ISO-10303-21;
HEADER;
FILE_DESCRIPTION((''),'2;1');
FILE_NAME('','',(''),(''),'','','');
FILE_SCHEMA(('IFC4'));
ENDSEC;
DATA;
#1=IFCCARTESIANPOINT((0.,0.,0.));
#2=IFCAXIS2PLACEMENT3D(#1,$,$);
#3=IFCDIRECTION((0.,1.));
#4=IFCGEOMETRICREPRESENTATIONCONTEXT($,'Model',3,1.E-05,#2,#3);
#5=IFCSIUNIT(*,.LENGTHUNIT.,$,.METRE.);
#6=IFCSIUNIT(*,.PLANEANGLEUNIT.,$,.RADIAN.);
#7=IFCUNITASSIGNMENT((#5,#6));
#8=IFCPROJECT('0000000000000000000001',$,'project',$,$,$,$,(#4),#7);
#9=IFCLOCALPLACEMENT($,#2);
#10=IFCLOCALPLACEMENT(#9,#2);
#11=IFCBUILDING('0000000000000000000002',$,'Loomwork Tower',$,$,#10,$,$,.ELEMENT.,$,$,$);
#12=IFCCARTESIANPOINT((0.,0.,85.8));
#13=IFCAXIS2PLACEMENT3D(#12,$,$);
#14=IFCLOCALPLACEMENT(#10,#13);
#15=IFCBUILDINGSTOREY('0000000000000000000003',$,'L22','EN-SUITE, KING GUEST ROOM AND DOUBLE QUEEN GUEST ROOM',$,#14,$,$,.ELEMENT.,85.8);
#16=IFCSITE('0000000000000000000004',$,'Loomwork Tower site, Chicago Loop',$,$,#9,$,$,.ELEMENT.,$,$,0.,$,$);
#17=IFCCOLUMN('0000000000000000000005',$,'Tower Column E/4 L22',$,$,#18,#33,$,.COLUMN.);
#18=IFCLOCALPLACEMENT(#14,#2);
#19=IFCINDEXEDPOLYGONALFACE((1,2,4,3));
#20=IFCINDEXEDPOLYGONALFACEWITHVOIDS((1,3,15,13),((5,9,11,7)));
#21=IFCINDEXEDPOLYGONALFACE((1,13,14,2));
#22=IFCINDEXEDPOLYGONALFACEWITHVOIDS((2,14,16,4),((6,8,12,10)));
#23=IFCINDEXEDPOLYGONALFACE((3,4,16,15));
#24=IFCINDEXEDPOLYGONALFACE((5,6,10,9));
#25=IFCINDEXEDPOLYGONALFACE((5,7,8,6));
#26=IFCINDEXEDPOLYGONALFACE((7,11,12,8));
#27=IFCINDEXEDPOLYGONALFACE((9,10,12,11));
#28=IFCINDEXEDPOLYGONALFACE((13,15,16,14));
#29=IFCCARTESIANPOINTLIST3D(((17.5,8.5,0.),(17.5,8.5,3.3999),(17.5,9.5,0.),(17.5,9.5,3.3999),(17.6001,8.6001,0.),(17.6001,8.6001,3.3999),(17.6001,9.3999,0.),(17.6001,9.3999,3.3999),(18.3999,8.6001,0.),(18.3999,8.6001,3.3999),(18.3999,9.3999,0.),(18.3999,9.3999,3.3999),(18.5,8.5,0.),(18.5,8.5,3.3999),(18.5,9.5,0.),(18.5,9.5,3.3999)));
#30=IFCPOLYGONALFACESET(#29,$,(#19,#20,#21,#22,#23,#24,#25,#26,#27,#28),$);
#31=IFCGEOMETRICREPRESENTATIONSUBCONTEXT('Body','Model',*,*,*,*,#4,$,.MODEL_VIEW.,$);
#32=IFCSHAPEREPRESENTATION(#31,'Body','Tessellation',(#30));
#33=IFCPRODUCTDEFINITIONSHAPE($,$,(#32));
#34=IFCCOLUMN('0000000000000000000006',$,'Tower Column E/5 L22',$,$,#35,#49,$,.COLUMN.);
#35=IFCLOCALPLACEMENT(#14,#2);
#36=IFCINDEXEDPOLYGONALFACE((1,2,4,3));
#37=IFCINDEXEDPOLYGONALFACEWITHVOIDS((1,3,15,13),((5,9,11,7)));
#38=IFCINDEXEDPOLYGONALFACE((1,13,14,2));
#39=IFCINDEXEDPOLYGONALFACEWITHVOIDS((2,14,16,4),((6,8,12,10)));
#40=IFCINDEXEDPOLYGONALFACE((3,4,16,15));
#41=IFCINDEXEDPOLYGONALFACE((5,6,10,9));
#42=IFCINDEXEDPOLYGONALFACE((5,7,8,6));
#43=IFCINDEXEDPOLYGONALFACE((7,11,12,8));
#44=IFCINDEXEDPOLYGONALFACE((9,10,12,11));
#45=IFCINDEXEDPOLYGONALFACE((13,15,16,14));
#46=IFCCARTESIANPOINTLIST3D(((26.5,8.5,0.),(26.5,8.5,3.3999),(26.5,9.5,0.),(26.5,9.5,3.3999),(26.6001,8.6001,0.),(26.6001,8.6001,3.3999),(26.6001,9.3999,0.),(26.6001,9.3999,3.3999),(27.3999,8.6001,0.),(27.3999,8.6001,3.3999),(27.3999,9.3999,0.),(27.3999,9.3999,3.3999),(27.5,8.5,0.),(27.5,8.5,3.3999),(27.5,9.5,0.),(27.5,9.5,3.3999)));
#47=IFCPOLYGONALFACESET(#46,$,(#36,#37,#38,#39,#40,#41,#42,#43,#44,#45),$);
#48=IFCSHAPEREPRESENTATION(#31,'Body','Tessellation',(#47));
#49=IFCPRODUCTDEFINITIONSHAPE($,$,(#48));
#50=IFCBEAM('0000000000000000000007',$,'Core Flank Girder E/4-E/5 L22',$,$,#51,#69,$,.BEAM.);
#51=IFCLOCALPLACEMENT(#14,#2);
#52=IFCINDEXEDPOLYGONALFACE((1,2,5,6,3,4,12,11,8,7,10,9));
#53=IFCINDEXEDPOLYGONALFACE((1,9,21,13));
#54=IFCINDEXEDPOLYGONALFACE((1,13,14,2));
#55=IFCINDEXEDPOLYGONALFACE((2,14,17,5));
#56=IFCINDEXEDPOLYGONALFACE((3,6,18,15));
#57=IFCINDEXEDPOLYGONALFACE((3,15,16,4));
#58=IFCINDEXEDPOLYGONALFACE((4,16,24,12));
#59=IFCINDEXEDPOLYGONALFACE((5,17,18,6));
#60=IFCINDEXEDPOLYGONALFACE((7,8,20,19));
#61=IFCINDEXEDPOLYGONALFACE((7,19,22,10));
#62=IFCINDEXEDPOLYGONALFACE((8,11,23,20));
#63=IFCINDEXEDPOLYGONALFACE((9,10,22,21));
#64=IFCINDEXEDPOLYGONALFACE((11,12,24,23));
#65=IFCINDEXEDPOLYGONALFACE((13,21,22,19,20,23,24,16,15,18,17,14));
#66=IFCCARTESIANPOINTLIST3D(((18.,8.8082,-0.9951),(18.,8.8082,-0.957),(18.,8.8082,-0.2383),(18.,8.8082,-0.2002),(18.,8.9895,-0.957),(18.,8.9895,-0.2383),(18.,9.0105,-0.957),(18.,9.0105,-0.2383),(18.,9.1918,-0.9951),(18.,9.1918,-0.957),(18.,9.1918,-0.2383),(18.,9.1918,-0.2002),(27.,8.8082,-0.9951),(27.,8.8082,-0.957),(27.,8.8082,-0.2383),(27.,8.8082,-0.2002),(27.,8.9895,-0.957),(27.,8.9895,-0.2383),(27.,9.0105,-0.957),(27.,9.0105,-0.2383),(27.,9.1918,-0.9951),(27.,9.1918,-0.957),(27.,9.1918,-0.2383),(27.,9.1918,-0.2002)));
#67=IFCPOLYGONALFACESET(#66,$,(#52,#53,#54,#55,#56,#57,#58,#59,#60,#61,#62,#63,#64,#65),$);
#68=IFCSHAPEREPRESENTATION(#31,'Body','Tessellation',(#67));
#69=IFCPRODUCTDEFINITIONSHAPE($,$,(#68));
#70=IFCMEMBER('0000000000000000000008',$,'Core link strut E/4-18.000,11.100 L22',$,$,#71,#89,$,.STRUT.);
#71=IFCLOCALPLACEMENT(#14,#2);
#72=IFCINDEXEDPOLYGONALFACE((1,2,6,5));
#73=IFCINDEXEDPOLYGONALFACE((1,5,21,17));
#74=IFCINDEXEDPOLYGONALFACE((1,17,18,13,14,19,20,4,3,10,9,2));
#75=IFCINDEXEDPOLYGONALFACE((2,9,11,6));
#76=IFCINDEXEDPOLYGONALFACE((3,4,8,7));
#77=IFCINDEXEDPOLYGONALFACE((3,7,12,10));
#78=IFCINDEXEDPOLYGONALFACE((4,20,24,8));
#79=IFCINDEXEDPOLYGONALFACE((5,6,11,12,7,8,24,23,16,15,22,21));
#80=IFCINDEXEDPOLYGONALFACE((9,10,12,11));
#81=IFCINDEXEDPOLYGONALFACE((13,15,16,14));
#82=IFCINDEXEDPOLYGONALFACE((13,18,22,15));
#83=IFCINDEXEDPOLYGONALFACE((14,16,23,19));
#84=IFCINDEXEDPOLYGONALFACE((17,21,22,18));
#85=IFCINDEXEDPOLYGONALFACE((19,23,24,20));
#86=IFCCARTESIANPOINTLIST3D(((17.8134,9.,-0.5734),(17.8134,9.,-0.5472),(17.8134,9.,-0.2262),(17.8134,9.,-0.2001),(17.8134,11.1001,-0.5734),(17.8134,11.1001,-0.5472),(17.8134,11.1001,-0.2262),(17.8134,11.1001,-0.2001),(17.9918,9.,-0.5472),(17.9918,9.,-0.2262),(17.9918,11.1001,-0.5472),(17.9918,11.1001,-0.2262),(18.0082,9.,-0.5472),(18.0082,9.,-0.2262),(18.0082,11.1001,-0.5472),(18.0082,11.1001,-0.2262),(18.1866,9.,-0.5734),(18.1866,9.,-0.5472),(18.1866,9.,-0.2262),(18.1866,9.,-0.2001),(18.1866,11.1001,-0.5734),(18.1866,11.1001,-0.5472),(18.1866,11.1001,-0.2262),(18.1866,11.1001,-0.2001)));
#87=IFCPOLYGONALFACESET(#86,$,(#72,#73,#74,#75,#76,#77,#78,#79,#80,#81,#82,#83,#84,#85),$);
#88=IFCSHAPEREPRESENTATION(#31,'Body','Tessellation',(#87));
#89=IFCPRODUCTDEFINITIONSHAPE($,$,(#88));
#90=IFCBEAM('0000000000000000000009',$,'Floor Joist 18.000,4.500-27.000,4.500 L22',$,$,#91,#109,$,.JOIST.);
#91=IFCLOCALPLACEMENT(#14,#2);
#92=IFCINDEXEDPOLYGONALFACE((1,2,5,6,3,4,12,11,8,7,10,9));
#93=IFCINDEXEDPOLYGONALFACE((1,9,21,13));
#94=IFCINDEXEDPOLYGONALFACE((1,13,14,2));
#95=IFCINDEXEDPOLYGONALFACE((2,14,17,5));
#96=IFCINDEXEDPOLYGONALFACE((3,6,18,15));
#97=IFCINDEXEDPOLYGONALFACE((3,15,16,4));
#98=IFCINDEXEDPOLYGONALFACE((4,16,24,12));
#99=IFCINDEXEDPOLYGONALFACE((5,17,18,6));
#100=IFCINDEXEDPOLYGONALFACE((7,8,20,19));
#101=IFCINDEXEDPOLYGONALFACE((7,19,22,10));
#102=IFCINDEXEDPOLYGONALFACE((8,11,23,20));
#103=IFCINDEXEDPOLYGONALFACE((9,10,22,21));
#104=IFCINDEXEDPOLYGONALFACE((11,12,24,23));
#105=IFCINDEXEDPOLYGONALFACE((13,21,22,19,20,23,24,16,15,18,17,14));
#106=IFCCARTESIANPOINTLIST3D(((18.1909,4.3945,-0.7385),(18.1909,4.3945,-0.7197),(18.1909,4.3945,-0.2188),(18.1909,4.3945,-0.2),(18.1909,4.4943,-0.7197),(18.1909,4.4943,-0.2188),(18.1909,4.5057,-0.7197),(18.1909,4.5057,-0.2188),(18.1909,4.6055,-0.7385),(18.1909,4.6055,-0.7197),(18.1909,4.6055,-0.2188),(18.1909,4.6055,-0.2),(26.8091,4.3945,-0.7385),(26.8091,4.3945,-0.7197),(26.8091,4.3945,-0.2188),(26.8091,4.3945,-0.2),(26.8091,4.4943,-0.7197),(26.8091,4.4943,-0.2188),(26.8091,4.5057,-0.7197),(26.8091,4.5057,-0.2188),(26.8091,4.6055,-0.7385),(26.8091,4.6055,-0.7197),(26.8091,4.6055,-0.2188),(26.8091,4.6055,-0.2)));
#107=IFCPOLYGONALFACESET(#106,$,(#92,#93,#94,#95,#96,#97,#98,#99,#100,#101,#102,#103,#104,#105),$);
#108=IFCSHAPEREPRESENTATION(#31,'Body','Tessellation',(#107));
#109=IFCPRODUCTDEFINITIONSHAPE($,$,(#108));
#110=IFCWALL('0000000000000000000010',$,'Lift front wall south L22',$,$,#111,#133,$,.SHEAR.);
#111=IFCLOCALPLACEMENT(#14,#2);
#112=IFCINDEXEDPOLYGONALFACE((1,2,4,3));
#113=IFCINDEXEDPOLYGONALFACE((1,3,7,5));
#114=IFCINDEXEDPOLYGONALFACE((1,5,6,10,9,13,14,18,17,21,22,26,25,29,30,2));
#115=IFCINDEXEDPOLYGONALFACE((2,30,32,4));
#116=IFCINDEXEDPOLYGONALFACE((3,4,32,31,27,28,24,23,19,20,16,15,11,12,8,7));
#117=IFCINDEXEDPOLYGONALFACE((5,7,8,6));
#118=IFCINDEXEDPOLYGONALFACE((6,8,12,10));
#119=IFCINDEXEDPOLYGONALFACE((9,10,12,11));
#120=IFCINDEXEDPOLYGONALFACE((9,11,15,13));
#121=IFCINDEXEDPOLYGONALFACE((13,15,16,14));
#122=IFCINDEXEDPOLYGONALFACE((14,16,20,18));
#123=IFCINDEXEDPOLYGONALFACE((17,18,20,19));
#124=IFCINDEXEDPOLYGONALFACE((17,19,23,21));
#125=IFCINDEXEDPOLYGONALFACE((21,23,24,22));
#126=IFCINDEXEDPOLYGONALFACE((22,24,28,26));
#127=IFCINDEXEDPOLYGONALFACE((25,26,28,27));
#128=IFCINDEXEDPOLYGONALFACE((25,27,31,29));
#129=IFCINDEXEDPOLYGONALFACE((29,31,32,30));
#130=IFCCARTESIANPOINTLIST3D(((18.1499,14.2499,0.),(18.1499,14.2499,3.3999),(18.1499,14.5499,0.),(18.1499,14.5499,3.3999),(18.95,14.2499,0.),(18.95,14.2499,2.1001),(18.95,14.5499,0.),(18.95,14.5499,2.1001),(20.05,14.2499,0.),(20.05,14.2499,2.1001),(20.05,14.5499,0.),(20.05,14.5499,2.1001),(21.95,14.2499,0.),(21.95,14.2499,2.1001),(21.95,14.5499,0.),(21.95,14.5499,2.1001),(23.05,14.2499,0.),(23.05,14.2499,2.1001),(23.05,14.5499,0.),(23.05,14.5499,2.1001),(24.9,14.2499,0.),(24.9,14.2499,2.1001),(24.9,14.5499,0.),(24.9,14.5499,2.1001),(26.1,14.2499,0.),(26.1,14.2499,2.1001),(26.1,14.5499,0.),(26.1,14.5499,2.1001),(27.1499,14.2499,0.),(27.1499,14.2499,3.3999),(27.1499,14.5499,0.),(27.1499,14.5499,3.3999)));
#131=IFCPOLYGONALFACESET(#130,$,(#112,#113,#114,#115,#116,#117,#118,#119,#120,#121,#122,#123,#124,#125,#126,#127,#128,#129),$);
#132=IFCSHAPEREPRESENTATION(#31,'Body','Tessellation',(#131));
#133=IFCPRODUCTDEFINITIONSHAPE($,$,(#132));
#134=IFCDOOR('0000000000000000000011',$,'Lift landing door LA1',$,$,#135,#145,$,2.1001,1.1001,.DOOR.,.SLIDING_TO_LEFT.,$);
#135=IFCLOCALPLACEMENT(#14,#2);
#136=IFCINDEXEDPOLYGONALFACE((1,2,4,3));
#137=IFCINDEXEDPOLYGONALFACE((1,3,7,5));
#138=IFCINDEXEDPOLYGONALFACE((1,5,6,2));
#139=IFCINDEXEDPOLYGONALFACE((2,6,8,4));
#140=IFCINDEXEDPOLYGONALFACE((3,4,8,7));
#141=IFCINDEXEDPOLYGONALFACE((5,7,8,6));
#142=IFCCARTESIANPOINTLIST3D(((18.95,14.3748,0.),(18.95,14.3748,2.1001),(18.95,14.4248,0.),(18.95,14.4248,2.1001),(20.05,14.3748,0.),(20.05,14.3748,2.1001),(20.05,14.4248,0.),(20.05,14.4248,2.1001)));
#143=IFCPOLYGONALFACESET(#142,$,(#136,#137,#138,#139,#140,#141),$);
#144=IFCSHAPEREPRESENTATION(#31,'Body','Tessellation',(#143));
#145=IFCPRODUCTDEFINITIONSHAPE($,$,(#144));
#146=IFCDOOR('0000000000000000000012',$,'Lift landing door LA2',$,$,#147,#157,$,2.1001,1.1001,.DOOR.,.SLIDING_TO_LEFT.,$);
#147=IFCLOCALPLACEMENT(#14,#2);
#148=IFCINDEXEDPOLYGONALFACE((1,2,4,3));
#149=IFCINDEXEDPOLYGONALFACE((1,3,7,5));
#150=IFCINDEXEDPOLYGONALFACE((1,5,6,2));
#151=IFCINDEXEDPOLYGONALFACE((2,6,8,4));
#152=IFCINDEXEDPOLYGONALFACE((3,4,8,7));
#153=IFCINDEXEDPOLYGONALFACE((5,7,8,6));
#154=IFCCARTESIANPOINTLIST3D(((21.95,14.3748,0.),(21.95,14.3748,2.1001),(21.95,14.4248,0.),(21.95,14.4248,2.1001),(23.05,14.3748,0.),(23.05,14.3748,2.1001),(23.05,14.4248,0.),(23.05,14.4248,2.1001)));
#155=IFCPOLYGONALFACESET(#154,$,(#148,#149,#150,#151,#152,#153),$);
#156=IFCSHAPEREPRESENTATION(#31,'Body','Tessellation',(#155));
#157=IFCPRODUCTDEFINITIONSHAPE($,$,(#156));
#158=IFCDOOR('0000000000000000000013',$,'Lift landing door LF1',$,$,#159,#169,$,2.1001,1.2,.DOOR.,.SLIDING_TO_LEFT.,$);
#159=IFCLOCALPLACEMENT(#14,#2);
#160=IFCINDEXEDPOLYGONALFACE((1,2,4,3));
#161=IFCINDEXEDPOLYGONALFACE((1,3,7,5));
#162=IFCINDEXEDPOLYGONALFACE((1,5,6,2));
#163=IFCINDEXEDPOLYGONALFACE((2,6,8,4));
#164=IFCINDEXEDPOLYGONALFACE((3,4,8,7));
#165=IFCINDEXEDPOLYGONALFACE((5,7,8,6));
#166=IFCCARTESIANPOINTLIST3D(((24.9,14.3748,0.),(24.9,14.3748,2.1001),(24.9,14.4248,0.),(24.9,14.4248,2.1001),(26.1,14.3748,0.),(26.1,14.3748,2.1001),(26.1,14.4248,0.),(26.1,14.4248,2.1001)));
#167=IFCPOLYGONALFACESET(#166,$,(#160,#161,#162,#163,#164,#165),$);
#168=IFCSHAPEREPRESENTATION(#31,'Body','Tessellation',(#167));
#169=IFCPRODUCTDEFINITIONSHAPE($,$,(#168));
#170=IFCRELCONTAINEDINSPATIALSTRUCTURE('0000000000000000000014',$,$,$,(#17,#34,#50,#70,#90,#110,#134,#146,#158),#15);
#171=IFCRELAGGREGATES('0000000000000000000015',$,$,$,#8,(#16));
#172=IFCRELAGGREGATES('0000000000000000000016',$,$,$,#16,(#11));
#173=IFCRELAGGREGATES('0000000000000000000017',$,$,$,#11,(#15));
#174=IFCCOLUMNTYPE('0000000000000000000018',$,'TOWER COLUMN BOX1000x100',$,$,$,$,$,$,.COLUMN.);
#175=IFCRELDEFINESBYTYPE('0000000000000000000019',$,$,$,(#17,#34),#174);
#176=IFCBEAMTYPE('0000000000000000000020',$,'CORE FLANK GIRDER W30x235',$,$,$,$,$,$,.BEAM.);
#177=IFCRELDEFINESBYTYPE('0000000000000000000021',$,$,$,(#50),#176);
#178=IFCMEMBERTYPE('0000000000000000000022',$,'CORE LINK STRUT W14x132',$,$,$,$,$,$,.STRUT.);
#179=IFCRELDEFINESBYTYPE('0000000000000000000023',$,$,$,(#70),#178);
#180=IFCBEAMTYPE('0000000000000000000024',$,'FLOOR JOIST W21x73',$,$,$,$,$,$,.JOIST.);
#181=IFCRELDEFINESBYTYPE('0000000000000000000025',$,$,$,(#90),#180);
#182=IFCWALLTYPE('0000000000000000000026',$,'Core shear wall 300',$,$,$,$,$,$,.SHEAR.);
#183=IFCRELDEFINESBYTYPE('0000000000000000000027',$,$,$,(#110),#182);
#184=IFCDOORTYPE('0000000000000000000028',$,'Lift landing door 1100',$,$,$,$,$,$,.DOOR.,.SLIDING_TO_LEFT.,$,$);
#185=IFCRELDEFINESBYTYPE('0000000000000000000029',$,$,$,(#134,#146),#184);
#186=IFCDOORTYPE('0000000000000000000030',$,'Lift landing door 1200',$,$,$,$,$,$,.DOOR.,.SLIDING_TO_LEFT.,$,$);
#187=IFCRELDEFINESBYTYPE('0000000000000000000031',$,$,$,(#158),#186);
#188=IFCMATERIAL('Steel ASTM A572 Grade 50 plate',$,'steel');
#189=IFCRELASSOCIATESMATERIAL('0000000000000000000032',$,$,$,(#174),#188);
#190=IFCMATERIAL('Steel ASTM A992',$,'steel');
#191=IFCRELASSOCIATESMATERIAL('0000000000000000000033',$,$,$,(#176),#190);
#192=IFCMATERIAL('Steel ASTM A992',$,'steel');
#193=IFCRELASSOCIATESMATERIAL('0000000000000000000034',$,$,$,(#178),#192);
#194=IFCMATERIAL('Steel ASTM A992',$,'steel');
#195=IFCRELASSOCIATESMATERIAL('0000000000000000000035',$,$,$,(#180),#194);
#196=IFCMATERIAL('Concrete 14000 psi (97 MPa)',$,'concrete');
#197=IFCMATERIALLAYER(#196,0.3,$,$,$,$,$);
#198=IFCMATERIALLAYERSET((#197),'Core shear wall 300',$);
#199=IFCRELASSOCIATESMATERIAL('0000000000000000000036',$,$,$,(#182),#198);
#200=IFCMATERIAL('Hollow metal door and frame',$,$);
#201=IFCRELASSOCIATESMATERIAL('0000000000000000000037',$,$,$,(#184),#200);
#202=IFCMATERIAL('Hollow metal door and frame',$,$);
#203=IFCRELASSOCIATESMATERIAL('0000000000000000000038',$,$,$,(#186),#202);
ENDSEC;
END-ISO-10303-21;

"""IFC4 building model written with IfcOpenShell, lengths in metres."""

from ifc_helpers import new_model, si_unit, direction, frame, frame_2d, origin, origin_2d, place, context, subcontext, project, spatial, rectangle, hollow_rectangle, i_section, extrude, material, layer, layer_set, material_profile, profile_set, type_object, element, fill, save


model = new_model("IFC4")

# Units and contexts
model_context = context("Model", 3, precision=1e-05, world=origin(), true_north=direction((0.0, 1.0)))
body_context = subcontext(model_context, "Body", "Model", "MODEL_VIEW")
ifc_project = project(units=[si_unit("LENGTHUNIT", "METRE"), si_unit("PLANEANGLEUNIT", "RADIAN")], contexts=[model_context])

# Site, building, storey
site_placement = place(None, origin())
site = spatial("IfcSite", under=ifc_project, at=site_placement, Name="Loomwork Tower site, Chicago Loop", CompositionType="ELEMENT", RefElevation=0.0)
building_placement = place(site_placement, origin())
building = spatial("IfcBuilding", under=site, at=building_placement, Name="Loomwork Tower", CompositionType="ELEMENT")
storey_placement = place(building_placement, frame((0.0, 0.0, 85.8)))
storey = spatial("IfcBuildingStorey", under=building, at=storey_placement, Name="L22", Description="EN-SUITE, KING GUEST ROOM AND DOUBLE QUEEN GUEST ROOM", CompositionType="ELEMENT", Elevation=85.8)

# Columns
ifc_material_1 = material(Name="Steel ASTM A572 Grade 50 plate", Category="steel")
ifc_material_profile_1 = material_profile(ifc_material_1, hollow_rectangle(XDim=1.0, YDim=1.0, WallThickness=0.1001, at=origin_2d()), Name="BOX1000x100")
ifc_profile_set_1 = profile_set([ifc_material_profile_1], Name="Steel ASTM A572 Grade 50 plate")
column_type = type_object("IfcColumnType", Name="TOWER COLUMN BOX1000x100", PredefinedType="COLUMN", material=ifc_profile_set_1)
for number, where, z_axis, x_axis, name in (
    (1, (18.0, 9.0, 0.0), (0.0, 0.0, 1.0), (1.0, 0.0, 0.0), "Tower Column E/4 L22"),
    (2, (27.0, 9.0, 0.0), (0.0, 0.0, 1.0), (1.0, 0.0, 0.0), "Tower Column E/5 L22"),
):
    element("IfcColumn", number, at=place(storey_placement, frame(where, z_axis=z_axis, x_axis=x_axis)), inside=storey, type_object=column_type, Name=name, PredefinedType="COLUMN", context=body_context, shape_type="SweptSolid", body=[
        extrude(hollow_rectangle(XDim=1.0, YDim=1.0, WallThickness=0.1001, at=origin_2d()), origin(), (0.0, 0.0, 1.0), 3.3999),
    ])

# Beam
ifc_material_2 = material(Name="Steel ASTM A992", Category="steel")
ifc_material_profile_2 = material_profile(ifc_material_2, i_section(OverallWidth=0.3835, OverallDepth=0.7949, WebThickness=0.021, FlangeThickness=0.0381, at=origin_2d()), Name="W30x235")
ifc_profile_set_2 = profile_set([ifc_material_profile_2], Name="Steel ASTM A992")
beam_type_1 = type_object("IfcBeamType", Name="CORE FLANK GIRDER W30x235", PredefinedType="BEAM", material=ifc_profile_set_2)
beam_1_placement = place(storey_placement, frame((18.0, 9.0, -0.5977), z_axis=(1.0, 0.0, 0.0), x_axis=(0.0, 1.0, 0.0)))
element("IfcBeam", 3, at=beam_1_placement, inside=storey, type_object=beam_type_1, Name="Core Flank Girder E/4-E/5 L22", PredefinedType="BEAM", context=body_context, shape_type="SweptSolid", body=[
    extrude(i_section(OverallWidth=0.3835, OverallDepth=0.7949, WebThickness=0.021, FlangeThickness=0.0381, at=origin_2d()), origin(), (0.0, 0.0, 1.0), 9.0),
])

# Member
ifc_material_3 = material(Name="Steel ASTM A992", Category="steel")
ifc_material_profile_3 = material_profile(ifc_material_3, i_section(OverallWidth=0.3733, OverallDepth=0.3733, WebThickness=0.0164, FlangeThickness=0.0261, at=origin_2d()), Name="W14x132")
ifc_profile_set_3 = profile_set([ifc_material_profile_3], Name="Steel ASTM A992")
member_type = type_object("IfcMemberType", Name="CORE LINK STRUT W14x132", PredefinedType="STRUT", material=ifc_profile_set_3)
member_placement = place(storey_placement, frame((18.0, 9.0, -0.3867), z_axis=(0.0, 1.0, 0.0), x_axis=(-1.0, 0.0, 0.0)))
element("IfcMember", 4, at=member_placement, inside=storey, type_object=member_type, Name="Core link strut E/4-18.000,11.100 L22", PredefinedType="STRUT", context=body_context, shape_type="SweptSolid", body=[
    extrude(i_section(OverallWidth=0.3733, OverallDepth=0.3733, WebThickness=0.0164, FlangeThickness=0.0261, at=origin_2d()), origin(), (0.0, 0.0, 1.0), 2.1001),
])

# Beam
ifc_material_4 = material(Name="Steel ASTM A992", Category="steel")
ifc_material_profile_4 = material_profile(ifc_material_4, i_section(OverallWidth=0.2109, OverallDepth=0.5386, WebThickness=0.0115, FlangeThickness=0.0188, at=origin_2d()), Name="W21x73")
ifc_profile_set_4 = profile_set([ifc_material_profile_4], Name="Steel ASTM A992")
beam_type_2 = type_object("IfcBeamType", Name="FLOOR JOIST W21x73", PredefinedType="JOIST", material=ifc_profile_set_4)
beam_2_placement = place(storey_placement, frame((18.1909, 4.5, -0.4692), z_axis=(1.0, 0.0, 0.0), x_axis=(0.0, 1.0, 0.0)))
element("IfcBeam", 5, at=beam_2_placement, inside=storey, type_object=beam_type_2, Name="Floor Joist 18.000,4.500-27.000,4.500 L22", PredefinedType="JOIST", context=body_context, shape_type="SweptSolid", body=[
    extrude(i_section(OverallWidth=0.2109, OverallDepth=0.5386, WebThickness=0.0115, FlangeThickness=0.0188, at=origin_2d()), origin(), (0.0, 0.0, 1.0), 8.6182),
])

# Wall, openings, doors
ifc_material_5 = material(Name="Concrete 14000 psi (97 MPa)", Category="concrete")
ifc_layer_1 = layer(ifc_material_5, 0.3)
ifc_layer_set_1 = layer_set([ifc_layer_1], Name="Core shear wall 300")
wall_type_1 = type_object("IfcWallType", Name="Core shear wall 300", PredefinedType="SHEAR", material=ifc_layer_set_1)
wall_1_placement = place(storey_placement, frame((18.1499, 14.3999, 0.0), z_axis=(0.0, 0.0, 1.0), x_axis=(1.0, 0.0, 0.0)))
wall_1 = element("IfcWall", 6, at=wall_1_placement, inside=storey, type_object=wall_type_1, Name="Lift front wall south L22", PredefinedType="SHEAR", context=body_context, shape_type="SweptSolid", body=[
    extrude(rectangle(XDim=9.0, YDim=0.3, at=frame_2d((4.5, 0.0))), origin(), (0.0, 0.0, 1.0), 3.3999),
])
opening_1_placement = place(wall_1_placement, frame((0.8, 0.0, 0.0)))
opening_1 = element("IfcOpeningElement", 7, at=opening_1_placement, cuts=wall_1, PredefinedType="OPENING", context=body_context, shape_type="SweptSolid", body=[
    extrude(rectangle(XDim=1.1001, YDim=2.1001, at=frame_2d((0.55, 1.05))), frame((0.0, 0.1599, 0.0), z_axis=(0.0, -1.0, 0.0), x_axis=(1.0, 0.0, 0.0)), (0.0, 0.0, 1.0), 0.3201),
])
opening_2_placement = place(wall_1_placement, frame((3.8, 0.0, 0.0)))
opening_2 = element("IfcOpeningElement", 8, at=opening_2_placement, cuts=wall_1, PredefinedType="OPENING", context=body_context, shape_type="SweptSolid", body=[
    extrude(rectangle(XDim=1.1001, YDim=2.1001, at=frame_2d((0.55, 1.05))), frame((0.0, 0.1599, 0.0), z_axis=(0.0, -1.0, 0.0), x_axis=(1.0, 0.0, 0.0)), (0.0, 0.0, 1.0), 0.3201),
])
opening_3_placement = place(wall_1_placement, frame((6.75, 0.0, 0.0)))
opening_3 = element("IfcOpeningElement", 9, at=opening_3_placement, cuts=wall_1, PredefinedType="OPENING", context=body_context, shape_type="SweptSolid", body=[
    extrude(rectangle(XDim=1.2, YDim=2.1001, at=frame_2d((0.6001, 1.05))), frame((0.0, 0.1599, 0.0), z_axis=(0.0, -1.0, 0.0), x_axis=(1.0, 0.0, 0.0)), (0.0, 0.0, 1.0), 0.3201),
])
ifc_material_6 = material(Name="Hollow metal door and frame")
door_type_1 = type_object("IfcDoorType", Name="Lift landing door 1100", OperationType="SLIDING_TO_LEFT", PredefinedType="DOOR", material=ifc_material_6)
door_1_placement = place(opening_1_placement, origin())
door_1 = element("IfcDoor", 10, at=door_1_placement, inside=storey, type_object=door_type_1, Name="Lift landing door LA1", OperationType="SLIDING_TO_LEFT", OverallHeight=2.1001, OverallWidth=1.1001, PredefinedType="DOOR", context=body_context, shape_type="SweptSolid", body=[
    extrude(rectangle(XDim=1.1001, YDim=2.1001, at=frame_2d((0.55, 1.05))), frame((0.0, 0.0249, 0.0), z_axis=(0.0, -1.0, 0.0), x_axis=(1.0, 0.0, 0.0)), (0.0, 0.0, 1.0), 0.05),
])
fill(opening_1, door_1)
door_2_placement = place(opening_2_placement, origin())
door_2 = element("IfcDoor", 11, at=door_2_placement, inside=storey, type_object=door_type_1, Name="Lift landing door LA2", OperationType="SLIDING_TO_LEFT", OverallHeight=2.1001, OverallWidth=1.1001, PredefinedType="DOOR", context=body_context, shape_type="SweptSolid", body=[
    extrude(rectangle(XDim=1.1001, YDim=2.1001, at=frame_2d((0.55, 1.05))), frame((0.0, 0.0249, 0.0), z_axis=(0.0, -1.0, 0.0), x_axis=(1.0, 0.0, 0.0)), (0.0, 0.0, 1.0), 0.05),
])
fill(opening_2, door_2)
ifc_material_7 = material(Name="Hollow metal door and frame")
door_type_2 = type_object("IfcDoorType", Name="Lift landing door 1200", OperationType="SLIDING_TO_LEFT", PredefinedType="DOOR", material=ifc_material_7)
door_3_placement = place(opening_3_placement, origin())
door_3 = element("IfcDoor", 12, at=door_3_placement, inside=storey, type_object=door_type_2, Name="Lift landing door LF1", OperationType="SLIDING_TO_LEFT", OverallHeight=2.1001, OverallWidth=1.2, PredefinedType="DOOR", context=body_context, shape_type="SweptSolid", body=[
    extrude(rectangle(XDim=1.2, YDim=2.1001, at=frame_2d((0.6001, 1.05))), frame((0.0, 0.0249, 0.0), z_axis=(0.0, -1.0, 0.0), x_axis=(1.0, 0.0, 0.0)), (0.0, 0.0, 1.0), 0.05),
])
fill(opening_3, door_3)

save(model, "model.ifc")
